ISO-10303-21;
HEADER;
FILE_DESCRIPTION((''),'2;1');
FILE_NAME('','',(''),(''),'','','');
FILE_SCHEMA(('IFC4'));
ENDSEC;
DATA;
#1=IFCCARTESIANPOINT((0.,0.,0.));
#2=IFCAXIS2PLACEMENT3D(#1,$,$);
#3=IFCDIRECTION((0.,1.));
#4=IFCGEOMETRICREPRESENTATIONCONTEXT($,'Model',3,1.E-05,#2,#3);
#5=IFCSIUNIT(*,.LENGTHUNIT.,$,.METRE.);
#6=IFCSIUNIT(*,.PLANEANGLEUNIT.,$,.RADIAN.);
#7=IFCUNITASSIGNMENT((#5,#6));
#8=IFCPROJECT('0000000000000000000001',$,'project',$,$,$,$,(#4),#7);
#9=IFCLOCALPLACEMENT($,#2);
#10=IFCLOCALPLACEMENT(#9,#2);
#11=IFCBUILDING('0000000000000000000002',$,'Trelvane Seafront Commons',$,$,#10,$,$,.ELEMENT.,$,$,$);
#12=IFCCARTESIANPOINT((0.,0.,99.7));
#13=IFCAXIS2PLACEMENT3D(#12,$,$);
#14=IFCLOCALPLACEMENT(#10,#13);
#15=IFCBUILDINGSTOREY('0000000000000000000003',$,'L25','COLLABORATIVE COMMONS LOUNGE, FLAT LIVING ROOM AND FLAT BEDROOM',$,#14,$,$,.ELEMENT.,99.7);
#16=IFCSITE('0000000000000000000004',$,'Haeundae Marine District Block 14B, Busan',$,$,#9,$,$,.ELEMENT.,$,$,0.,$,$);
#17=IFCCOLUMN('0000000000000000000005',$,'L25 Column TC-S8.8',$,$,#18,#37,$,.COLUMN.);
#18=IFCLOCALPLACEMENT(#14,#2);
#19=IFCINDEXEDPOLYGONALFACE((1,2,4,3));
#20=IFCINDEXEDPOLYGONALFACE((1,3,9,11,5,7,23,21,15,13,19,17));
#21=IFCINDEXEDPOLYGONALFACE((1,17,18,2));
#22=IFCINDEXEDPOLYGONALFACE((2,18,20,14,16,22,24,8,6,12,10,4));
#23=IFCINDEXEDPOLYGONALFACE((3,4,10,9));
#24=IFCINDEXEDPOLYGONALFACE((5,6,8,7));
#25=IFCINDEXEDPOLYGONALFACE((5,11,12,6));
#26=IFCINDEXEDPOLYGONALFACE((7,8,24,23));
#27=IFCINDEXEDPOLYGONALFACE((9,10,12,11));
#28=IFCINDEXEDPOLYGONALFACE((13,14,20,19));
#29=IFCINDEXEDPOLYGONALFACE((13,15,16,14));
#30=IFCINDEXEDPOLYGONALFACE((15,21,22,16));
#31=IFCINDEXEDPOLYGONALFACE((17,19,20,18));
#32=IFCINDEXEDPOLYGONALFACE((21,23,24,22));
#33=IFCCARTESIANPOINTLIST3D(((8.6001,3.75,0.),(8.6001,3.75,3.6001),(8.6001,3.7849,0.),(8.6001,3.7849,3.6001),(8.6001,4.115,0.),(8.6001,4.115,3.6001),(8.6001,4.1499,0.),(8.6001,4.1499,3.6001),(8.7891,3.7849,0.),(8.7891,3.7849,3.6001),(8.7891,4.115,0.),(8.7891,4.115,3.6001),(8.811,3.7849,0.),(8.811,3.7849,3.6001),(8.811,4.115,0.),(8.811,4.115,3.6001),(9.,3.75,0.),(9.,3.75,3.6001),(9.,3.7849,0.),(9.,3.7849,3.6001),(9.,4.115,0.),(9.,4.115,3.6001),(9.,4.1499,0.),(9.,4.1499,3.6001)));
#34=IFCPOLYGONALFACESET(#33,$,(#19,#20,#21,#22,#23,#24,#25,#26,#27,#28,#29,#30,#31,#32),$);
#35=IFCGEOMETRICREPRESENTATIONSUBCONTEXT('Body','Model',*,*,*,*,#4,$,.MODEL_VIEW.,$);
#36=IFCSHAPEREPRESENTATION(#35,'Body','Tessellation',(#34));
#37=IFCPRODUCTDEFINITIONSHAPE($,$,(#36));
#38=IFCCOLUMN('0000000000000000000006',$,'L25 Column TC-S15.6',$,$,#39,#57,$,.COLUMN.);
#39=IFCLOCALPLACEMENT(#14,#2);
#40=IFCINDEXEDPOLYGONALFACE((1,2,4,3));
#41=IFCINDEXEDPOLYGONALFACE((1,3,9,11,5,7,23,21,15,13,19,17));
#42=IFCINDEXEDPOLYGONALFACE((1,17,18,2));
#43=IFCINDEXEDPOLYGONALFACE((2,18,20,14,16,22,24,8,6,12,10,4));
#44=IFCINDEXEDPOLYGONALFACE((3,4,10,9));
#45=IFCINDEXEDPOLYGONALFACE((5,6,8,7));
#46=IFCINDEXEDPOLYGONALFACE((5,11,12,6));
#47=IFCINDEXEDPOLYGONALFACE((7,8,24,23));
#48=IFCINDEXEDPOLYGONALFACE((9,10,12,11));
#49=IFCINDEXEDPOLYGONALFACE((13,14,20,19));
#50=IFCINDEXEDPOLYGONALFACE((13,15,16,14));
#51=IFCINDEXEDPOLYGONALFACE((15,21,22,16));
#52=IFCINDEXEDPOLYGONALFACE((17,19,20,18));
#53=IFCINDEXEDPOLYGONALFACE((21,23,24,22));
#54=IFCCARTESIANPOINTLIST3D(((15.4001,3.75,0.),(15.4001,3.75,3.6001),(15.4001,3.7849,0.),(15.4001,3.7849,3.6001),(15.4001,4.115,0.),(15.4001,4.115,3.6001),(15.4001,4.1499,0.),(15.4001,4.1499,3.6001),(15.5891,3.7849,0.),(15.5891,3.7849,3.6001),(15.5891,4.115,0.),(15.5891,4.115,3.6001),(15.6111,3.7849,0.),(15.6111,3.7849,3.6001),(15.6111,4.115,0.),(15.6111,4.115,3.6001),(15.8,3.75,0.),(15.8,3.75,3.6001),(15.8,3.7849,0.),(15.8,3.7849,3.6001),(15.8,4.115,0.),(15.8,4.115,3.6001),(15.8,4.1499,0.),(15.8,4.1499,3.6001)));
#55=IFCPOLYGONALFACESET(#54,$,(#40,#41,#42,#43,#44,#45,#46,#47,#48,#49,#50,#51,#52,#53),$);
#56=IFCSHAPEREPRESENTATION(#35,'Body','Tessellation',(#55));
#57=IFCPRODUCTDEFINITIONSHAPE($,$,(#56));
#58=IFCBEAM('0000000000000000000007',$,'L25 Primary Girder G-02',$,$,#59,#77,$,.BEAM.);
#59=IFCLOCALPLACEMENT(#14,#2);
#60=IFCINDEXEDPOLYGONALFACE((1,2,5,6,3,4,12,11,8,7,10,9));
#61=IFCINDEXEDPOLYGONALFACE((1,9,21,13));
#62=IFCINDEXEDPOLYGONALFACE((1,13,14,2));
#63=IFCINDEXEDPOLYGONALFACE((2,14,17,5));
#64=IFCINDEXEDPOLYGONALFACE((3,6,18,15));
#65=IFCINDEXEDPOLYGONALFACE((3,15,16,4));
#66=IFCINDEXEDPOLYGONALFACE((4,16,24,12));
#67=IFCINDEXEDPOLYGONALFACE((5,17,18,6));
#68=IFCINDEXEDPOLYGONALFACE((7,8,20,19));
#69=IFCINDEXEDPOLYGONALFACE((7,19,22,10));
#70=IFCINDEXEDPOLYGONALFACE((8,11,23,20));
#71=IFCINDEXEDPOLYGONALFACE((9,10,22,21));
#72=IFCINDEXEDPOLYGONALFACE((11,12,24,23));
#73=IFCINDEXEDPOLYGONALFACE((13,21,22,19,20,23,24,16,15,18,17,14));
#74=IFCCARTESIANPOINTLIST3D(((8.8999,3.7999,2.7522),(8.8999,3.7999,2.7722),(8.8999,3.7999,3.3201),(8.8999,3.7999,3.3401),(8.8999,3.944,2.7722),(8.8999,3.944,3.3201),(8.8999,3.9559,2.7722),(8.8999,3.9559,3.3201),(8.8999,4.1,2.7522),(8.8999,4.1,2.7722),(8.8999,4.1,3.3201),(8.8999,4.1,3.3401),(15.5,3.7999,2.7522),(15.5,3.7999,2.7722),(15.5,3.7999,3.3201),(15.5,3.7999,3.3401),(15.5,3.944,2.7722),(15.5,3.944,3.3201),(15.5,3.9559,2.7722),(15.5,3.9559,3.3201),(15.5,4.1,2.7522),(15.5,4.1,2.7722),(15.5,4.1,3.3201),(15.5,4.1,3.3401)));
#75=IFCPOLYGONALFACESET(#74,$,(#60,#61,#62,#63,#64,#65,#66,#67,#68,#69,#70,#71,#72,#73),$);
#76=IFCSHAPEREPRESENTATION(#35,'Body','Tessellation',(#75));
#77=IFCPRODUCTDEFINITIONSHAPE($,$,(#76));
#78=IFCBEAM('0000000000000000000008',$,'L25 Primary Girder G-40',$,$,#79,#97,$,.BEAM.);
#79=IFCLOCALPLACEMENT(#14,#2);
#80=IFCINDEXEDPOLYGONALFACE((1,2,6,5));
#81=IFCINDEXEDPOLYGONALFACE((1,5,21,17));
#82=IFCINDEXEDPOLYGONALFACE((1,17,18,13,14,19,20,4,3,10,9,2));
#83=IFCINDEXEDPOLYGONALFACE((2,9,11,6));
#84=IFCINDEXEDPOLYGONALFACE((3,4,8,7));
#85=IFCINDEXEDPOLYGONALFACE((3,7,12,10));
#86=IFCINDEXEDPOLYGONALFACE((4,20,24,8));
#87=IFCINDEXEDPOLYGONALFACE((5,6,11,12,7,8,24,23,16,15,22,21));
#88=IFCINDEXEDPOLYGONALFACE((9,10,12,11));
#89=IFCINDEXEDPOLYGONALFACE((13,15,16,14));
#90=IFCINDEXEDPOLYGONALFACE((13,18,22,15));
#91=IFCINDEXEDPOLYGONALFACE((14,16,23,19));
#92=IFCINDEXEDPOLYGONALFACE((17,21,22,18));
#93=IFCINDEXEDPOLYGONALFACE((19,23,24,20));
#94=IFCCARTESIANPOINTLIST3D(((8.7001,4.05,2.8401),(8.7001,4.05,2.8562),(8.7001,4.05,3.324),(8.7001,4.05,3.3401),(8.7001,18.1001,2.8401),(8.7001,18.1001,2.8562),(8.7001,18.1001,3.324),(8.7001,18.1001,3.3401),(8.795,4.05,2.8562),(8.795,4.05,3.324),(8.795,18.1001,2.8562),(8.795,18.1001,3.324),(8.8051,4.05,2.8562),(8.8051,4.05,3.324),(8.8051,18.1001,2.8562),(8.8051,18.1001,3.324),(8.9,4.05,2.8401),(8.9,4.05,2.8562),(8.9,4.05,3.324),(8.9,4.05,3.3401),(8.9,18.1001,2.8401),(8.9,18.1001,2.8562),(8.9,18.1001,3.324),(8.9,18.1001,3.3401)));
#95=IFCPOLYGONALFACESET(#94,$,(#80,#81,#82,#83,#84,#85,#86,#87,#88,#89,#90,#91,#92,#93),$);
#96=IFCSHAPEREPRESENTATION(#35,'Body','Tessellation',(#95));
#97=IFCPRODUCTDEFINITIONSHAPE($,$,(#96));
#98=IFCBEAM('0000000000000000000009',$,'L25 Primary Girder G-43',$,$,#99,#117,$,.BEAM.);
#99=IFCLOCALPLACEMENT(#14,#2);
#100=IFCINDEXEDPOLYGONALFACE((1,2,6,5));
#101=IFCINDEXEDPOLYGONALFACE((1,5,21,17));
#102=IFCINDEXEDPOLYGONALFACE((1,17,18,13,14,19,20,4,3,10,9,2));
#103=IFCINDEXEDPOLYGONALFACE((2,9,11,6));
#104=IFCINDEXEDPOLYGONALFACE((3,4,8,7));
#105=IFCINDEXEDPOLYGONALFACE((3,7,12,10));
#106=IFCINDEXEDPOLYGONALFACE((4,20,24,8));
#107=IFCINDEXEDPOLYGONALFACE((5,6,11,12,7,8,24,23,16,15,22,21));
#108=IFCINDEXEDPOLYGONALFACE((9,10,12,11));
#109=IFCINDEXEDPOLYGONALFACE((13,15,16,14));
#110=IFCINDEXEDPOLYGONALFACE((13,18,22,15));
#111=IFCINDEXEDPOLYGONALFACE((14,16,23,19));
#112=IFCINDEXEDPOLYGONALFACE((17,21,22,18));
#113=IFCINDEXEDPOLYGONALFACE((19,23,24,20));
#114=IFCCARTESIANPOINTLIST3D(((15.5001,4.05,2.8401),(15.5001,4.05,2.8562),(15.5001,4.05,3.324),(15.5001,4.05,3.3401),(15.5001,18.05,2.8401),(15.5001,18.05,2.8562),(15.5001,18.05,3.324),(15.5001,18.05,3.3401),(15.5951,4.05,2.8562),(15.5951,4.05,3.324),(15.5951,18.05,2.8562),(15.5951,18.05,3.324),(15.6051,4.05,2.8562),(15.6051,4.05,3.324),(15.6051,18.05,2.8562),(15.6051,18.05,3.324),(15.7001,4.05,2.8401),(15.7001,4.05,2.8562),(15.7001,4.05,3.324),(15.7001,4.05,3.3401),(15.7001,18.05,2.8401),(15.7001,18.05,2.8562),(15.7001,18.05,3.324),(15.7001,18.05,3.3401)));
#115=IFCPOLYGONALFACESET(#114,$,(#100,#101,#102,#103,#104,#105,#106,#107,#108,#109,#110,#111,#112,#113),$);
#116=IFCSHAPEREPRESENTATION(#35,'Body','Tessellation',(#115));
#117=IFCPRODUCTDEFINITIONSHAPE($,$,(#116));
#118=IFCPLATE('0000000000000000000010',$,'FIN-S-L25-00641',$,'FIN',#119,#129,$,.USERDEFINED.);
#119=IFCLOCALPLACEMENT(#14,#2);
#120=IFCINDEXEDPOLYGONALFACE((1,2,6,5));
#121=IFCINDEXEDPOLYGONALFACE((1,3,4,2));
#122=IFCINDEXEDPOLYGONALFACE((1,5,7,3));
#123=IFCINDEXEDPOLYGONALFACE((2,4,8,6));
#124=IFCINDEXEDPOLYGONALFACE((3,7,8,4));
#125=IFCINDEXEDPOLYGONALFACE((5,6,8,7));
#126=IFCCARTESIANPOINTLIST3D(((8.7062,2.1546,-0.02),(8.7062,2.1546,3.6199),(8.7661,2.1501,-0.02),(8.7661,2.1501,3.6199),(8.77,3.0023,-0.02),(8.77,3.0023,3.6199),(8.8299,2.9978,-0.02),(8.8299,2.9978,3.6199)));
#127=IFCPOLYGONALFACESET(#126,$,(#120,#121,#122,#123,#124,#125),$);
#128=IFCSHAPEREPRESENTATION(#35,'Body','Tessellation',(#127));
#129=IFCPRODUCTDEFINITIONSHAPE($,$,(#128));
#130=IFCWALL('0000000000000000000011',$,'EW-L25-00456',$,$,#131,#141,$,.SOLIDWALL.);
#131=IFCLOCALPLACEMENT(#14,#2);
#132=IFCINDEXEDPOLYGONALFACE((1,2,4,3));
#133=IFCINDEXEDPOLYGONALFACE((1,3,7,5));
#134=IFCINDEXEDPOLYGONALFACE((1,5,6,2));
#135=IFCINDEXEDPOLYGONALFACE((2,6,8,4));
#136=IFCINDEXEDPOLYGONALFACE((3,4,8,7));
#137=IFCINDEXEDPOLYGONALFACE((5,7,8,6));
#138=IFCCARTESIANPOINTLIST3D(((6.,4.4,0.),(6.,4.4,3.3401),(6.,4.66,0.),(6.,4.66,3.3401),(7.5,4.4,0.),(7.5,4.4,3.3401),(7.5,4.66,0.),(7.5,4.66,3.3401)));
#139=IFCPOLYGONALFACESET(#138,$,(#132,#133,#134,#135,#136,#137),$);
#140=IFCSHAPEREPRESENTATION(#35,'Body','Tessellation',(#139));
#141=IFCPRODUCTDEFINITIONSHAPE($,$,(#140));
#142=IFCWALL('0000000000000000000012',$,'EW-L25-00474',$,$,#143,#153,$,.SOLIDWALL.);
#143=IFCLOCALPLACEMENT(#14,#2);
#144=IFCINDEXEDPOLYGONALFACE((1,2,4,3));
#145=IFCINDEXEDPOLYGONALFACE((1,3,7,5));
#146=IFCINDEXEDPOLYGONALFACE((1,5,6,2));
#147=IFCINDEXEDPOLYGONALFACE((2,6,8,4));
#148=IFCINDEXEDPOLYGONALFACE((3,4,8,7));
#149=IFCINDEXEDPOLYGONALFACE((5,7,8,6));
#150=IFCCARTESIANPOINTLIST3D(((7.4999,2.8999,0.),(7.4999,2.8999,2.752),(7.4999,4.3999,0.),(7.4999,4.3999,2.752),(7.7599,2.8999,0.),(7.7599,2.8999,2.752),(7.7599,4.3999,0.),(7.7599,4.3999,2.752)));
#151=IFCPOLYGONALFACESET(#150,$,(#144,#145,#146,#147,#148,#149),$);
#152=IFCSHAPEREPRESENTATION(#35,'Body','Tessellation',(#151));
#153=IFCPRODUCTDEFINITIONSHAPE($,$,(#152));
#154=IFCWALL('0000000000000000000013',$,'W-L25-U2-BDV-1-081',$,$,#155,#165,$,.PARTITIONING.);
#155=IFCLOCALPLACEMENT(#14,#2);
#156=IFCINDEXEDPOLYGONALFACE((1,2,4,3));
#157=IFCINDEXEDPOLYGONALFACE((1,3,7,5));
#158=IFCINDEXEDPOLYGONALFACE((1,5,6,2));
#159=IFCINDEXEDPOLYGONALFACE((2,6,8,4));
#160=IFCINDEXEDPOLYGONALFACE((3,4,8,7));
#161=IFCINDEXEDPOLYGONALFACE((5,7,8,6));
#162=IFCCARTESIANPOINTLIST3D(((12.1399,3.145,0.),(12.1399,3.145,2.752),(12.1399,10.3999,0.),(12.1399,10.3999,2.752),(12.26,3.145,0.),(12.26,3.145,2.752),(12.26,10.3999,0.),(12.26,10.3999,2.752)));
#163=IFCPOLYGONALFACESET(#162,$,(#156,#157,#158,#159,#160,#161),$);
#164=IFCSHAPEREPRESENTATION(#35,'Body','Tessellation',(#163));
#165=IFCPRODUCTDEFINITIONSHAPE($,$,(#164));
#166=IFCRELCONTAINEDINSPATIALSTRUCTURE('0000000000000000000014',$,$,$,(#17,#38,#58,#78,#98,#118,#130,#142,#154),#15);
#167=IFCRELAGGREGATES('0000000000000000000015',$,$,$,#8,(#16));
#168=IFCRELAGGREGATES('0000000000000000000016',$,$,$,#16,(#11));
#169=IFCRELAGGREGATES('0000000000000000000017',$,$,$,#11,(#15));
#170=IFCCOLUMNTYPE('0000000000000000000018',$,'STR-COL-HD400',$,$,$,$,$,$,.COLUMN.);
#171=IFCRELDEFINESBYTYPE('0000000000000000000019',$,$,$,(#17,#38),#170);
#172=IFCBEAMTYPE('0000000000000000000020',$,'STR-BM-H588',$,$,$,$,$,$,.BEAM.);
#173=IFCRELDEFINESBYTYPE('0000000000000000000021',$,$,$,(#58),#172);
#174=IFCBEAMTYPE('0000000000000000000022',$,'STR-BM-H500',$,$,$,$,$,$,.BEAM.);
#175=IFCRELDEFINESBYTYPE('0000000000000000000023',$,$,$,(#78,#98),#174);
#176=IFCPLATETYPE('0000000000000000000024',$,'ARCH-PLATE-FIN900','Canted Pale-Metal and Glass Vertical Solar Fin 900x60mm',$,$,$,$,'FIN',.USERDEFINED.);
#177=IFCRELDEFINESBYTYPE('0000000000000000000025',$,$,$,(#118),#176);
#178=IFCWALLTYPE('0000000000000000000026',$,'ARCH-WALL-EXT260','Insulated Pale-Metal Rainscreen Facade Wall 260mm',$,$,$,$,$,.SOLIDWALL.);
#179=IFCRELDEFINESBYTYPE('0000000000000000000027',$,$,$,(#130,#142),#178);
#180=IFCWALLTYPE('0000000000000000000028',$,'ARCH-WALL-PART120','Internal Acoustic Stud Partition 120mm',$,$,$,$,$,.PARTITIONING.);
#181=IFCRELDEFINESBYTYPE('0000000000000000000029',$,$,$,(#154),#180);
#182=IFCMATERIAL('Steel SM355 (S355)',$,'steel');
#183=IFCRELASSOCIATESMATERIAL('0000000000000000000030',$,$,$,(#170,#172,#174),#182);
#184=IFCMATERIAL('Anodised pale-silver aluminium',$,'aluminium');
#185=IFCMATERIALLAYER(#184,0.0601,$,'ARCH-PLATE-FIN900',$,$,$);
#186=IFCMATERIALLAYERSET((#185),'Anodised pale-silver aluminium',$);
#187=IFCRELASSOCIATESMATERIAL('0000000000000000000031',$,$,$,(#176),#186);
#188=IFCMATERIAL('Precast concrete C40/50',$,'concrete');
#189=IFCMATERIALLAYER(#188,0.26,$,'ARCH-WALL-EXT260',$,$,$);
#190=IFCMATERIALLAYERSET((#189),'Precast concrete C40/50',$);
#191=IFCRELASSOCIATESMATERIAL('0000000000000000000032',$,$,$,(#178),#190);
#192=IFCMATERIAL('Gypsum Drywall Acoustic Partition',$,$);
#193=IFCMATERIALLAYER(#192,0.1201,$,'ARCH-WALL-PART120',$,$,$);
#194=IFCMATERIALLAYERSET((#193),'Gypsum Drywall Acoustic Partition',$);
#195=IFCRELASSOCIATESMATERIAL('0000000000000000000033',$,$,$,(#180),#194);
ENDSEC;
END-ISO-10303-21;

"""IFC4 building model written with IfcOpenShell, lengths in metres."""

from ifc_helpers import new_model, si_unit, direction, frame, frame_2d, origin, origin_2d, place, context, subcontext, project, spatial, rectangle, i_section, extrude, source, transform, mapped, material, layer, layer_set, material_profile, profile_set, type_object, element, save


model = new_model("IFC4")

# Units and contexts
model_context = context("Model", 3, precision=1e-05, world=origin(), true_north=direction((0.0, 1.0)))
body_context = subcontext(model_context, "Body", "Model", "MODEL_VIEW")
ifc_project = project(units=[si_unit("LENGTHUNIT", "METRE"), si_unit("PLANEANGLEUNIT", "RADIAN")], contexts=[model_context])

# Site, building, storey
site_placement = place(None, origin())
site = spatial("IfcSite", under=ifc_project, at=site_placement, Name="Haeundae Marine District Block 14B, Busan", CompositionType="ELEMENT", RefElevation=0.0)
building_placement = place(site_placement, origin())
building = spatial("IfcBuilding", under=site, at=building_placement, Name="Trelvane Seafront Commons", CompositionType="ELEMENT")
storey_placement = place(building_placement, frame((0.0, 0.0, 99.7)))
storey = spatial("IfcBuildingStorey", under=building, at=storey_placement, Name="L25", Description="COLLABORATIVE COMMONS LOUNGE, FLAT LIVING ROOM AND FLAT BEDROOM", CompositionType="ELEMENT", Elevation=99.7)

# Columns
ifc_material_1 = material(Name="Steel SM355 (S355)", Category="steel")
ifc_material_profile_1 = material_profile(ifc_material_1, i_section(OverallWidth=0.3999, OverallDepth=0.3999, WebThickness=0.022, FlangeThickness=0.0349, at=origin_2d()), Name="HD-400x400x22x35")
ifc_profile_set_1 = profile_set([ifc_material_profile_1], Name="Steel SM355 (S355)")
column_type = type_object("IfcColumnType", Name="STR-COL-HD400", PredefinedType="COLUMN", material=ifc_profile_set_1)
shared_shape_1 = source(origin(), body_context, "Body", "SweptSolid", [
    extrude(i_section(OverallWidth=0.3999, OverallDepth=0.3999, WebThickness=0.022, FlangeThickness=0.0349, at=origin_2d()), origin(), (0.0, 0.0, 1.0), 3.6001),
])
for number, where, z_axis, x_axis, name in (
    (1, (8.8, 3.95, 0.0), (0.0, 0.0, 1.0), (1.0, 0.0, 0.0), "L25 Column TC-S8.8"),
    (2, (15.6001, 3.95, 0.0), (0.0, 0.0, 1.0), (1.0, 0.0, 0.0), "L25 Column TC-S15.6"),
):
    element("IfcColumn", number, at=place(storey_placement, frame(where, z_axis=z_axis, x_axis=x_axis)), inside=storey, type_object=column_type, Name=name, PredefinedType="COLUMN", context=body_context, shape_type="MappedRepresentation", body=[
        mapped(shared_shape_1, transform((0.0, 0.0, 0.0), x_axis=(1.0, 0.0, 0.0), y_axis=(0.0, 1.0, 0.0), z_axis=(0.0, 0.0, 1.0), scale=1.0)),
    ])

# Beams
ifc_material_profile_2 = material_profile(ifc_material_1, i_section(OverallWidth=0.3, OverallDepth=0.5879, WebThickness=0.012, FlangeThickness=0.02, at=origin_2d()), Name="H-588x300x12x20")
ifc_profile_set_2 = profile_set([ifc_material_profile_2], Name="Steel SM355 (S355)")
beam_type_1 = type_object("IfcBeamType", Name="STR-BM-H588", PredefinedType="BEAM", material=ifc_profile_set_2)
shared_shape_2 = source(origin(), body_context, "Body", "SweptSolid", [
    extrude(i_section(OverallWidth=0.3, OverallDepth=0.5879, WebThickness=0.012, FlangeThickness=0.02, at=origin_2d()), origin(), (0.0, 0.0, 1.0), 6.6001),
])
beam_1_placement = place(storey_placement, frame((8.8999, 3.95, 3.0461), z_axis=(1.0, 0.0, 0.0), x_axis=(0.0, 1.0, 0.0)))
element("IfcBeam", 3, at=beam_1_placement, inside=storey, type_object=beam_type_1, Name="L25 Primary Girder G-02", PredefinedType="BEAM", context=body_context, shape_type="MappedRepresentation", body=[
    mapped(shared_shape_2, transform((0.0, 0.0, 0.0), x_axis=(1.0, 0.0, 0.0), y_axis=(0.0, 1.0, 0.0), z_axis=(0.0, 0.0, 1.0), scale=1.0)),
])
ifc_material_profile_3 = material_profile(ifc_material_1, i_section(OverallWidth=0.2, OverallDepth=0.5, WebThickness=0.01, FlangeThickness=0.0161, at=origin_2d()), Name="H-500x200x10x16")
ifc_profile_set_3 = profile_set([ifc_material_profile_3], Name="Steel SM355 (S355)")
beam_type_2 = type_object("IfcBeamType", Name="STR-BM-H500", PredefinedType="BEAM", material=ifc_profile_set_3)
shared_shape_3 = source(origin(), body_context, "Body", "SweptSolid", [
    extrude(i_section(OverallWidth=0.2, OverallDepth=0.5, WebThickness=0.01, FlangeThickness=0.0161, at=origin_2d()), origin(), (0.0, 0.0, 1.0), 14.05),
])
beam_2_placement = place(storey_placement, frame((8.8, 4.05, 3.0901), z_axis=(0.0, 1.0, 0.0), x_axis=(-1.0, 0.0, 0.0)))
element("IfcBeam", 4, at=beam_2_placement, inside=storey, type_object=beam_type_2, Name="L25 Primary Girder G-40", PredefinedType="BEAM", context=body_context, shape_type="MappedRepresentation", body=[
    mapped(shared_shape_3, transform((0.0, 0.0, 0.0), x_axis=(1.0, 0.0, 0.0), y_axis=(0.0, 1.0, 0.0), z_axis=(0.0, 0.0, 1.0), scale=1.0)),
])
shared_shape_4 = source(origin(), body_context, "Body", "SweptSolid", [
    extrude(i_section(OverallWidth=0.2, OverallDepth=0.5, WebThickness=0.01, FlangeThickness=0.0161, at=origin_2d()), origin(), (0.0, 0.0, 1.0), 14.0),
])
beam_3_placement = place(storey_placement, frame((15.6001, 4.05, 3.0901), z_axis=(0.0, 1.0, 0.0), x_axis=(-1.0, 0.0, 0.0)))
element("IfcBeam", 5, at=beam_3_placement, inside=storey, type_object=beam_type_2, Name="L25 Primary Girder G-43", PredefinedType="BEAM", context=body_context, shape_type="MappedRepresentation", body=[
    mapped(shared_shape_4, transform((0.0, 0.0, 0.0), x_axis=(1.0, 0.0, 0.0), y_axis=(0.0, 1.0, 0.0), z_axis=(0.0, 0.0, 1.0), scale=1.0)),
])

# Plate
ifc_material_2 = material(Name="Anodised pale-silver aluminium", Category="aluminium")
ifc_layer_1 = layer(ifc_material_2, 0.0601, Name="ARCH-PLATE-FIN900")
ifc_layer_set_1 = layer_set([ifc_layer_1], Name="Anodised pale-silver aluminium")
plate_type = type_object("IfcPlateType", Name="ARCH-PLATE-FIN900", Description="Canted Pale-Metal and Glass Vertical Solar Fin 900x60mm", ElementType="FIN", PredefinedType="USERDEFINED", material=ifc_layer_set_1)
shared_shape_5 = source(origin(), body_context, "Body", "SweptSolid", [
    extrude(rectangle(XDim=0.8501, YDim=0.0601, at=origin_2d()), origin(), (0.0, 0.0, 1.0), 3.6399),
])
plate_placement = place(storey_placement, frame((8.7681, 2.5762, -0.02), z_axis=(0.0, 0.0, 1.0), x_axis=(-0.075059, -0.997179, 0.0)))
element("IfcPlate", 6, at=plate_placement, inside=storey, type_object=plate_type, Name="FIN-S-L25-00641", ObjectType="FIN", PredefinedType="USERDEFINED", context=body_context, shape_type="MappedRepresentation", body=[
    mapped(shared_shape_5, transform((0.0, 0.0, 0.0), x_axis=(1.0, 0.0, 0.0), y_axis=(0.0, 1.0, 0.0), z_axis=(0.0, 0.0, 1.0), scale=1.0)),
])

# Walls
ifc_material_3 = material(Name="Precast concrete C40/50", Category="concrete")
ifc_layer_2 = layer(ifc_material_3, 0.26, Name="ARCH-WALL-EXT260")
ifc_layer_set_2 = layer_set([ifc_layer_2], Name="Precast concrete C40/50")
wall_type_1 = type_object("IfcWallType", Name="ARCH-WALL-EXT260", Description="Insulated Pale-Metal Rainscreen Facade Wall 260mm", PredefinedType="SOLIDWALL", material=ifc_layer_set_2)
wall_1_placement = place(storey_placement, frame((7.5, 4.53, 0.0), z_axis=(0.0, 0.0, 1.0), x_axis=(-1.0, 0.0, 0.0)))
element("IfcWall", 7, at=wall_1_placement, inside=storey, type_object=wall_type_1, Name="EW-L25-00456", PredefinedType="SOLIDWALL", context=body_context, shape_type="SweptSolid", body=[
    extrude(rectangle(XDim=1.5, YDim=0.26, at=frame_2d((0.75, 0.0))), origin(), (0.0, 0.0, 1.0), 3.3401),
])
wall_2_placement = place(storey_placement, frame((7.6299, 2.8999, 0.0), z_axis=(0.0, 0.0, 1.0), x_axis=(0.0, 1.0, 0.0)))
element("IfcWall", 8, at=wall_2_placement, inside=storey, type_object=wall_type_1, Name="EW-L25-00474", PredefinedType="SOLIDWALL", context=body_context, shape_type="SweptSolid", body=[
    extrude(rectangle(XDim=1.5, YDim=0.26, at=frame_2d((0.75, 0.0))), origin(), (0.0, 0.0, 1.0), 2.752),
])

# Shared definitions
ifc_material_4 = material(Name="Gypsum Drywall Acoustic Partition")
ifc_layer_3 = layer(ifc_material_4, 0.1201, Name="ARCH-WALL-PART120")
ifc_layer_set_3 = layer_set([ifc_layer_3], Name="Gypsum Drywall Acoustic Partition")
wall_type_2 = type_object("IfcWallType", Name="ARCH-WALL-PART120", Description="Internal Acoustic Stud Partition 120mm", PredefinedType="PARTITIONING", material=ifc_layer_set_3)

# Wall
wall_3_placement = place(storey_placement, frame((12.2, 3.145, 0.0), z_axis=(0.0, 0.0, 1.0), x_axis=(0.0, 1.0, 0.0)))
element("IfcWall", 9, at=wall_3_placement, inside=storey, type_object=wall_type_2, Name="W-L25-U2-BDV-1-081", PredefinedType="PARTITIONING", context=body_context, shape_type="SweptSolid", body=[
    extrude(rectangle(XDim=7.2549, YDim=0.1201, at=frame_2d((3.6274, 0.0))), origin(), (0.0, 0.0, 1.0), 2.752),
])

save(model, "model.ifc")
